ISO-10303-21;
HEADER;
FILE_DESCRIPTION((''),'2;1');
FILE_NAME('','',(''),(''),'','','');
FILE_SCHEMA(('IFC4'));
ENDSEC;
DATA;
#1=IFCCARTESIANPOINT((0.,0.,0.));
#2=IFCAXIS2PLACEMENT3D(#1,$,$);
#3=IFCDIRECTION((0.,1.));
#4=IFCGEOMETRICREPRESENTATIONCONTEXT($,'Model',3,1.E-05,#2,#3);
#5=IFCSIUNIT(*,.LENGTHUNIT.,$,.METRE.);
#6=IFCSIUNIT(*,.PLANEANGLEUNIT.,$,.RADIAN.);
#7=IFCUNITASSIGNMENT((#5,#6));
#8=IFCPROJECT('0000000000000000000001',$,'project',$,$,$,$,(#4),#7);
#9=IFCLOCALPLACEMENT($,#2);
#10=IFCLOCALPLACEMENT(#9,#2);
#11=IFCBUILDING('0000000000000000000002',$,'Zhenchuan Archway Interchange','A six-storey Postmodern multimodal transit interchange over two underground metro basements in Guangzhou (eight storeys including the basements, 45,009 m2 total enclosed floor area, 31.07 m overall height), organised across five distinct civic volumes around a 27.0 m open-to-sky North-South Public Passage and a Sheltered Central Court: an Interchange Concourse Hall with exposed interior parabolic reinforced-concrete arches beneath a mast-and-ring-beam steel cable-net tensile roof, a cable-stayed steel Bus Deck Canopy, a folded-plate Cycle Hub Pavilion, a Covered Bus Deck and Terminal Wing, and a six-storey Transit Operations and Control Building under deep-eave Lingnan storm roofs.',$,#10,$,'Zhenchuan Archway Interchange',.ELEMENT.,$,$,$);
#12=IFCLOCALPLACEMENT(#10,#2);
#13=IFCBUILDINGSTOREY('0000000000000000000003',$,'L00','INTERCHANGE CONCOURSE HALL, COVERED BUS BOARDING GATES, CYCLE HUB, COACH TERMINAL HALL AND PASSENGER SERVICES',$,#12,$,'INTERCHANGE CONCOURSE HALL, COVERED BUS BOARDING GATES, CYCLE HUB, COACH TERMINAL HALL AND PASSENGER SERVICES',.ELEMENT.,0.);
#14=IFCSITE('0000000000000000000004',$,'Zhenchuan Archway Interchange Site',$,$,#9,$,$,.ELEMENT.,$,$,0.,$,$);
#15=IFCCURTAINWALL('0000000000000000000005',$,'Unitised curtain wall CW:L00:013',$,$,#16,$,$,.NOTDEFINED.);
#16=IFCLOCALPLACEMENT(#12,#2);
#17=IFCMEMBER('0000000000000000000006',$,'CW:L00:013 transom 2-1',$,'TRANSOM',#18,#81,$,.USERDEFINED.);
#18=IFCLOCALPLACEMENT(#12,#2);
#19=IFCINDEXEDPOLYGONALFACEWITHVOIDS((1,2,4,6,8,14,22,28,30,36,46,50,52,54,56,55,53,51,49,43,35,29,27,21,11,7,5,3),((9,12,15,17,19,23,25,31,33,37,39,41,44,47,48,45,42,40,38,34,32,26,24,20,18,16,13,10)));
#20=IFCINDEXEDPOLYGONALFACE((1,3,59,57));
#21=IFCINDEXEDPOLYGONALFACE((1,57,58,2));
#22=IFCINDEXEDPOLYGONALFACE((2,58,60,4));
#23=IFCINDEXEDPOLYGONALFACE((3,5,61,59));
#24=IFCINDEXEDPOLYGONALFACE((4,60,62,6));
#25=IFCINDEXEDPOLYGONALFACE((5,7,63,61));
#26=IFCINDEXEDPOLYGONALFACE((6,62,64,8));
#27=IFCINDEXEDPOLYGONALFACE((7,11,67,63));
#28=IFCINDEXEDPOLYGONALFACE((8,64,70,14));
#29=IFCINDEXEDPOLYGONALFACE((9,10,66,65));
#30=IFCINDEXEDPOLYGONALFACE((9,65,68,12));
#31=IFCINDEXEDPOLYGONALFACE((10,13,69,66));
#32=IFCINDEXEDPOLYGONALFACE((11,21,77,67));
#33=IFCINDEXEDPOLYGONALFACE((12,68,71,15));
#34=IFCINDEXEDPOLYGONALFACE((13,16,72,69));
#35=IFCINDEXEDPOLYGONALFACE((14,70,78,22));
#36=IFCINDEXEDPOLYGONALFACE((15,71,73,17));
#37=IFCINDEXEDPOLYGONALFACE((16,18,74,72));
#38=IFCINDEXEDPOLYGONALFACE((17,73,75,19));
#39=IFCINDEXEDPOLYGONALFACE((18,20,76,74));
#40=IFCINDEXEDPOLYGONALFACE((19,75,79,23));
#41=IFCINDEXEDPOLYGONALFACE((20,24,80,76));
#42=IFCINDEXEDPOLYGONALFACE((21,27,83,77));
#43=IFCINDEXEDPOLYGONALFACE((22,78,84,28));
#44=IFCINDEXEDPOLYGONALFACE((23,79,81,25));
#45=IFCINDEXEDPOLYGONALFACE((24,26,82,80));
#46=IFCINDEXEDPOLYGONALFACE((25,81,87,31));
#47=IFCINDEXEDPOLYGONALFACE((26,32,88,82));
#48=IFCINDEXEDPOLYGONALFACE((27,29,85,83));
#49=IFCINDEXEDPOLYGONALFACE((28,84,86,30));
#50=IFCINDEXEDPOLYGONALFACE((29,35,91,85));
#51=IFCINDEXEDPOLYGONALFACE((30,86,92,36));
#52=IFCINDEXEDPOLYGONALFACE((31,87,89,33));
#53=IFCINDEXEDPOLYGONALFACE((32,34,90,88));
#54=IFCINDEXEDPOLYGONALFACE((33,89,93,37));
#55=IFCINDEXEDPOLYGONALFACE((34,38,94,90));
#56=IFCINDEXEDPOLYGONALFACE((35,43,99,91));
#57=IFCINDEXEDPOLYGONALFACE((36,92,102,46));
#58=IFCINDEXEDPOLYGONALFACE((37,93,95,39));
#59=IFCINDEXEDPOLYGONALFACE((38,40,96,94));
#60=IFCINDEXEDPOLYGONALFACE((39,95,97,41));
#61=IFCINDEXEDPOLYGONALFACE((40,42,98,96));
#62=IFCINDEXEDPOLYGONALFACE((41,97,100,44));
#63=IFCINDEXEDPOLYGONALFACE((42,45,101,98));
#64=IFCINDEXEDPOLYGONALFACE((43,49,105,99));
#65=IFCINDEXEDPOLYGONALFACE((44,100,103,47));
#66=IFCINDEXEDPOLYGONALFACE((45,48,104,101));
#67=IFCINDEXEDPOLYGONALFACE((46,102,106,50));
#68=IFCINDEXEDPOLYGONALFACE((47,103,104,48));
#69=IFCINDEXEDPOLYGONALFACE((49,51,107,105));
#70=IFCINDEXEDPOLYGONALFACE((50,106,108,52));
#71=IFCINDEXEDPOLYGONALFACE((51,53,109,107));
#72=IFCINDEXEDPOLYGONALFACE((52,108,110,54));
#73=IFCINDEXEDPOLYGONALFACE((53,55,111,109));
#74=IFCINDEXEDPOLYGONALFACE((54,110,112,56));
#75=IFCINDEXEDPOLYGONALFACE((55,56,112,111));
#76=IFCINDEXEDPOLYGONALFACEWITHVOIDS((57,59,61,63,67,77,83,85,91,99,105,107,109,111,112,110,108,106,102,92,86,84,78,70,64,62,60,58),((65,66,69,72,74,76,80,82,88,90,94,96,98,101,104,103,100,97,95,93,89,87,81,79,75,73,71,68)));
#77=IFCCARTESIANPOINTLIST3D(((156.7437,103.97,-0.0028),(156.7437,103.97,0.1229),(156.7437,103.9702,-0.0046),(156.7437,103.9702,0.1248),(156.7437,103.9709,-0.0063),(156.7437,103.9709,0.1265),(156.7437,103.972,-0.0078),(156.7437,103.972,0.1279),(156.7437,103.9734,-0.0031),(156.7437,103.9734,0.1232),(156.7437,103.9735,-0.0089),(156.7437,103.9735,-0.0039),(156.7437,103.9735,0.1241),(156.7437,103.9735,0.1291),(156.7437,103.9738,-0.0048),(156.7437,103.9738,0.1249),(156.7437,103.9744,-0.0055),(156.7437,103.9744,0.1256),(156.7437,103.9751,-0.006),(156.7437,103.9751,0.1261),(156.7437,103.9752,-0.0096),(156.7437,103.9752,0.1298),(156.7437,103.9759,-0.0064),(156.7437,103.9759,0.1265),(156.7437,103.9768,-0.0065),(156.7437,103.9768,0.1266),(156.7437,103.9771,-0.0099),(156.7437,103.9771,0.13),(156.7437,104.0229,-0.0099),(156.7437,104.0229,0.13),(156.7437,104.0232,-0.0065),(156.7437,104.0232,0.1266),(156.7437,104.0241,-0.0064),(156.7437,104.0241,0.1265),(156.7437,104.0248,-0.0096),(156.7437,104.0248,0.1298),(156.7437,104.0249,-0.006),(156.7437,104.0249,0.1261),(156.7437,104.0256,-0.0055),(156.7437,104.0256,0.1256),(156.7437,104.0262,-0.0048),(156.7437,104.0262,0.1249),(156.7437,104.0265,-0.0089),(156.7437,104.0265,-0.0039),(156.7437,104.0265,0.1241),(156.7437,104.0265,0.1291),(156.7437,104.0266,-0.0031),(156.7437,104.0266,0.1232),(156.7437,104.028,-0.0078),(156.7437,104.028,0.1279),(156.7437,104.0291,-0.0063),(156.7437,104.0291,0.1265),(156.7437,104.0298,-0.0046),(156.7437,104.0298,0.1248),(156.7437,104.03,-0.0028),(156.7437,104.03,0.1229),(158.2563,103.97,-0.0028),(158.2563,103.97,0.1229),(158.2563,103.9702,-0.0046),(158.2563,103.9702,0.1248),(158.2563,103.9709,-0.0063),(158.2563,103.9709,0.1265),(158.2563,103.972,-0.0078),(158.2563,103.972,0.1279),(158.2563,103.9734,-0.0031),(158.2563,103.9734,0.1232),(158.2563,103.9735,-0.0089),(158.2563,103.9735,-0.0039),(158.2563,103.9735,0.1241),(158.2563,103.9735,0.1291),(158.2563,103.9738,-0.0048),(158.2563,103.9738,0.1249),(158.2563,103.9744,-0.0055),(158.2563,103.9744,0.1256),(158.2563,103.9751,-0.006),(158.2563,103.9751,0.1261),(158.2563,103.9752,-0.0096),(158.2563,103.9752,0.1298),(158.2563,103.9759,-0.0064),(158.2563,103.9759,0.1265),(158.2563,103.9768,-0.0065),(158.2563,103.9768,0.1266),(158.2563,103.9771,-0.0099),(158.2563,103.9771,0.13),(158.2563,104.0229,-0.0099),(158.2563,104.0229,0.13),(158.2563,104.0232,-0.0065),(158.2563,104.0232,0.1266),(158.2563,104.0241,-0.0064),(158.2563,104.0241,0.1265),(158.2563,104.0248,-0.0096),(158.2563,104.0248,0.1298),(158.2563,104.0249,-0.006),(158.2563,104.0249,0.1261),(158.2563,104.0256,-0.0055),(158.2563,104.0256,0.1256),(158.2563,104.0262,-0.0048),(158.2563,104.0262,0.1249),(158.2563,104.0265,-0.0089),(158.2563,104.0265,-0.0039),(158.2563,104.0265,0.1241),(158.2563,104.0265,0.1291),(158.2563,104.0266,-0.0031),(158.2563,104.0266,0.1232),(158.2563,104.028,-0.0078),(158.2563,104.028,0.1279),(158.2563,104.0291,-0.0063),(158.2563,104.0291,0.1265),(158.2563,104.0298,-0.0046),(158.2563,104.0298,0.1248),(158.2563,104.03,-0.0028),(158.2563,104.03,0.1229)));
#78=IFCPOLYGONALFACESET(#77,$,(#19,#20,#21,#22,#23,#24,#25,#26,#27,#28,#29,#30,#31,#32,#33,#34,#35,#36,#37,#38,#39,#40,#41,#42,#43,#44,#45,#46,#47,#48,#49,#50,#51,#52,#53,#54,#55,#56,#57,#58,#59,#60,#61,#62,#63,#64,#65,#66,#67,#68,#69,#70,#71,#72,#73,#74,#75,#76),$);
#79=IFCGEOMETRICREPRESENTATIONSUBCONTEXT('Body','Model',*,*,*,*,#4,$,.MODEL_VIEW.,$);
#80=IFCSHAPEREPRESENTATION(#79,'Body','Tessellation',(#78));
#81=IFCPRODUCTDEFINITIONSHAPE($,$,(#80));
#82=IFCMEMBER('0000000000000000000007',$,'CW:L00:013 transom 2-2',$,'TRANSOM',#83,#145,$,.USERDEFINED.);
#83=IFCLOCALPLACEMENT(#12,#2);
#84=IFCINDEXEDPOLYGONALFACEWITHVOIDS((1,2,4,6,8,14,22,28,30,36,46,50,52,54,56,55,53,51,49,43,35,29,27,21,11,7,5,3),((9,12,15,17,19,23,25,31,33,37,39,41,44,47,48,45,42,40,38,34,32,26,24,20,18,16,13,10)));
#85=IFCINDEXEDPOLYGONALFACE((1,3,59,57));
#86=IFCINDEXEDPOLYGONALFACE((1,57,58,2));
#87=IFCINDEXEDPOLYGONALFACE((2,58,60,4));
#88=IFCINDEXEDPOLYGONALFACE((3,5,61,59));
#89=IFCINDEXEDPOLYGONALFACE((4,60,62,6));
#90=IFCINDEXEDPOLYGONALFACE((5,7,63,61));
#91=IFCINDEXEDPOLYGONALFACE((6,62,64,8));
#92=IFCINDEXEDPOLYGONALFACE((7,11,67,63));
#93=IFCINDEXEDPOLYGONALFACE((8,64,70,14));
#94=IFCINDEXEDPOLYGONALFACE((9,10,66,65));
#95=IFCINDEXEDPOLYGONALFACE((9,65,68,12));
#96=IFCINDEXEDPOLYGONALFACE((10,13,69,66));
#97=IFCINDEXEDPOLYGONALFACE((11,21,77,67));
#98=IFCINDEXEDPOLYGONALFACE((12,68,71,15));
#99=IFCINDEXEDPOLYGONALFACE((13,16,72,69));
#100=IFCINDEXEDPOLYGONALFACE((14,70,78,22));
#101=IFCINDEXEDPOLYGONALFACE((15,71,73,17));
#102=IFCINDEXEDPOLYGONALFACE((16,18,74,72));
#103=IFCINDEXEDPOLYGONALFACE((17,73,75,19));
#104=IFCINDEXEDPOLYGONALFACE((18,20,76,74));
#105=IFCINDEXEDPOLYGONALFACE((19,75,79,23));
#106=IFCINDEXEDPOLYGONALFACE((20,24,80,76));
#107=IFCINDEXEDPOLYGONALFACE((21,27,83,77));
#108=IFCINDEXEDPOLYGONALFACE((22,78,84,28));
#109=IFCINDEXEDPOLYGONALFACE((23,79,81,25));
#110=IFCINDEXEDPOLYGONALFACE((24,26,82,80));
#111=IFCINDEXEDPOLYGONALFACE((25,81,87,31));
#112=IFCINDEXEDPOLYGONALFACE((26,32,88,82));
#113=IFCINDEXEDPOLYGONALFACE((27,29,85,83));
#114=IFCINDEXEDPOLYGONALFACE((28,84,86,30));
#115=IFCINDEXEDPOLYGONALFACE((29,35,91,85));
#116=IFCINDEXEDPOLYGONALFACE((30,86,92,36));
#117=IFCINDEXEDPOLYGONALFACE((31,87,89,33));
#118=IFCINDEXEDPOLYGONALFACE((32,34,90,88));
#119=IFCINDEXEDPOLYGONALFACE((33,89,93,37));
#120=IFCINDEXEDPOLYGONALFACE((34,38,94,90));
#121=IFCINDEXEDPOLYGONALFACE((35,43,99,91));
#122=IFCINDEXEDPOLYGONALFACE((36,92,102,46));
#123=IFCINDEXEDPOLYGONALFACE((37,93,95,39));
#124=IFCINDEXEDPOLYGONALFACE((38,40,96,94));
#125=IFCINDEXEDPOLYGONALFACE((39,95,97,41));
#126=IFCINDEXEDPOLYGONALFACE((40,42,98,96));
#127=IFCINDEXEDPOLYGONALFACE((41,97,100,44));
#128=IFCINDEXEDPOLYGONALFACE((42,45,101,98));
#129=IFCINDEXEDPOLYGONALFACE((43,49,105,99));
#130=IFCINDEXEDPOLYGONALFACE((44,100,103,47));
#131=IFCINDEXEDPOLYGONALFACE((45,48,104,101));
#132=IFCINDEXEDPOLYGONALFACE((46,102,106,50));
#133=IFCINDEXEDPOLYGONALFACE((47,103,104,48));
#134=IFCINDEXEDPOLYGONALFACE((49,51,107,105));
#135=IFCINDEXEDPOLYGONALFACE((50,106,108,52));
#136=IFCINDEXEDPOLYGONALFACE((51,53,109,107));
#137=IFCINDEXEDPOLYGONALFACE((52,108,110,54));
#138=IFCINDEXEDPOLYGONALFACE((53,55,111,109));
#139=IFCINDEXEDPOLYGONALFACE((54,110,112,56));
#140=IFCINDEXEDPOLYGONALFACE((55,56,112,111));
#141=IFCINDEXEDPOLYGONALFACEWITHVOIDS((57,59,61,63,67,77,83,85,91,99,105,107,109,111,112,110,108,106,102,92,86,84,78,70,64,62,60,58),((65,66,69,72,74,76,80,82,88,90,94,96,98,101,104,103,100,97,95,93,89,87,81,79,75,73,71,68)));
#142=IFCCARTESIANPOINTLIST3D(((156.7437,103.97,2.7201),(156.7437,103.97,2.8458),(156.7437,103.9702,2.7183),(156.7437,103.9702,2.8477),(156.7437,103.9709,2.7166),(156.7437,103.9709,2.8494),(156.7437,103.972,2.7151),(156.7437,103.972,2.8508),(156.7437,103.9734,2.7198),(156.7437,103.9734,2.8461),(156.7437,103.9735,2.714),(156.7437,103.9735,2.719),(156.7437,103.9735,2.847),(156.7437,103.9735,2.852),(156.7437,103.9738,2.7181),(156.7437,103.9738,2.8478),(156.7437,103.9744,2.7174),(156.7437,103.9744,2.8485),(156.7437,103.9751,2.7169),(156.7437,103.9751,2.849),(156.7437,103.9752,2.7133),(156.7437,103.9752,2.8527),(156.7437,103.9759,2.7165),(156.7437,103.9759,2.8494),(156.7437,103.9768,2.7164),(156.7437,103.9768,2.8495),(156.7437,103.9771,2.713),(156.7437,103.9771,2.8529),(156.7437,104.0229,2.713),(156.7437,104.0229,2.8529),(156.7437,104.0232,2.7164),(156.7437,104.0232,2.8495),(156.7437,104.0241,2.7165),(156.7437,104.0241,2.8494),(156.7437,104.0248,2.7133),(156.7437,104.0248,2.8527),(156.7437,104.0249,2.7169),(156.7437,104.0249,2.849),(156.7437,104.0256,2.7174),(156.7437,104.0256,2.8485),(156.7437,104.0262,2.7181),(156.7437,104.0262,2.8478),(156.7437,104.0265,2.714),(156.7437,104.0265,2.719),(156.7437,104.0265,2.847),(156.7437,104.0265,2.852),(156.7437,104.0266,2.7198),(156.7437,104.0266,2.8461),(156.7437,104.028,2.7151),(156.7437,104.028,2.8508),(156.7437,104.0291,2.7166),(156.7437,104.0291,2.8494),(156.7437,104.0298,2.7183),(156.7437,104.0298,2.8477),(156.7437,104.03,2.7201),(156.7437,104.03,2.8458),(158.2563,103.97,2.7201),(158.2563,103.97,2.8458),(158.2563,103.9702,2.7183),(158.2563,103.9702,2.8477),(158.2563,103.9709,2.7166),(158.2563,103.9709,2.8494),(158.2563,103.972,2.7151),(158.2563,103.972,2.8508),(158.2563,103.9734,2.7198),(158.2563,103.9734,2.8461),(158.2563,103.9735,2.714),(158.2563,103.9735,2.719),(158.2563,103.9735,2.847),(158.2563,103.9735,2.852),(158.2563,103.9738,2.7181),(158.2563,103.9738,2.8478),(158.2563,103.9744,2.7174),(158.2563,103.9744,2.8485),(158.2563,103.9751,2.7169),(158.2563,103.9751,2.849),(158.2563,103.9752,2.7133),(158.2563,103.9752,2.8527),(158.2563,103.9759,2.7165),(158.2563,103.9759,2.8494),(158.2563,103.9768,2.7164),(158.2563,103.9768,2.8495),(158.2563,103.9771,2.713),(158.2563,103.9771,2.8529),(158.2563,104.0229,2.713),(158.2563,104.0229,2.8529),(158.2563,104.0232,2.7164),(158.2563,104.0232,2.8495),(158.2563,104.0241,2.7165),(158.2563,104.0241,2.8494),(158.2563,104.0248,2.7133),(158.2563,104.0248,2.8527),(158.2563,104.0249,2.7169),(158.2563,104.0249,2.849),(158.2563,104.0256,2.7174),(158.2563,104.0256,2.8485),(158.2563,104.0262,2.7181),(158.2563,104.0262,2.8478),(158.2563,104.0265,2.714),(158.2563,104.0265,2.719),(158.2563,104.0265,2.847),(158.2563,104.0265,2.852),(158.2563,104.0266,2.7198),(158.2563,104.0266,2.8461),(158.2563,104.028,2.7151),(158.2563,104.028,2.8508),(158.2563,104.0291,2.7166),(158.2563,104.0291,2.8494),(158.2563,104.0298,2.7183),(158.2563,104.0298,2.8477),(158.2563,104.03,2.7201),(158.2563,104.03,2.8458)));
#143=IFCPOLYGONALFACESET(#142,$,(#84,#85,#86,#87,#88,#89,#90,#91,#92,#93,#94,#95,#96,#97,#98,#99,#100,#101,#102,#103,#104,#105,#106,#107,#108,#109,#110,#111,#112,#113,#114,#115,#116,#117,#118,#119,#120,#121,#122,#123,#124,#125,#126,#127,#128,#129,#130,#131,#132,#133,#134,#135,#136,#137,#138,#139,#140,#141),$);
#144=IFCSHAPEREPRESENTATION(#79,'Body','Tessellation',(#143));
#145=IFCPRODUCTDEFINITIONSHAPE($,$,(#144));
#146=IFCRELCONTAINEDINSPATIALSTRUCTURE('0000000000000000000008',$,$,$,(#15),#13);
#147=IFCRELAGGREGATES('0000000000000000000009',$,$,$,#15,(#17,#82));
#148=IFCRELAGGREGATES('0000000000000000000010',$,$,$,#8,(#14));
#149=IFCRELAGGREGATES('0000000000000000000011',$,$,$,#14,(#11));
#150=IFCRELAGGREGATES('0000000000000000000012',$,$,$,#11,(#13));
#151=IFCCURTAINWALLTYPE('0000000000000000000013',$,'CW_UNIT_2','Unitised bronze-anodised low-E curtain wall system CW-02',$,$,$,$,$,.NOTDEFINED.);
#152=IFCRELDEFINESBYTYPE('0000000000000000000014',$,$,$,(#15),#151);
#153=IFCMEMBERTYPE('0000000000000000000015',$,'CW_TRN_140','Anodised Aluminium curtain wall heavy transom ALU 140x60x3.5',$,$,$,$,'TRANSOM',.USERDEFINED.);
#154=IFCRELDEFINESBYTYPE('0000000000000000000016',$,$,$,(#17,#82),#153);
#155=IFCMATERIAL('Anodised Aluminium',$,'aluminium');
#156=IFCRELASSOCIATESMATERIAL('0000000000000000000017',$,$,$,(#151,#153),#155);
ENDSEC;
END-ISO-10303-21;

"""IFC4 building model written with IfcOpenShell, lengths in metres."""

from ifc_helpers import new_model, si_unit, direction, frame, origin, origin_2d, place, context, subcontext, project, spatial, hollow_rectangle, extrude, material, material_profile, profile_set, type_object, element, aggregate, save


model = new_model("IFC4")

# Units and contexts
model_context = context("Model", 3, precision=1e-05, world=origin(), true_north=direction((0.0, 1.0)))
body_context = subcontext(model_context, "Body", "Model", "MODEL_VIEW")
ifc_project = project(units=[si_unit("LENGTHUNIT", "METRE"), si_unit("PLANEANGLEUNIT", "RADIAN")], contexts=[model_context])

# Site, building, storey
site_placement = place(None, origin())
site = spatial("IfcSite", under=ifc_project, at=site_placement, Name="Zhenchuan Archway Interchange Site", CompositionType="ELEMENT", RefElevation=0.0)
building_placement = place(site_placement, origin())
building = spatial("IfcBuilding", under=site, at=building_placement, Name="Zhenchuan Archway Interchange", Description="A six-storey Postmodern multimodal transit interchange over two underground metro basements in Guangzhou (eight storeys including the basements, 45,009 m2 total enclosed floor area, 31.07 m overall height), organised across five distinct civic volumes around a 27.0 m open-to-sky North-South Public Passage and a Sheltered Central Court: an Interchange Concourse Hall with exposed interior parabolic reinforced-concrete arches beneath a mast-and-ring-beam steel cable-net tensile roof, a cable-stayed steel Bus Deck Canopy, a folded-plate Cycle Hub Pavilion, a Covered Bus Deck and Terminal Wing, and a six-storey Transit Operations and Control Building under deep-eave Lingnan storm roofs.", LongName="Zhenchuan Archway Interchange", CompositionType="ELEMENT")
storey_placement = place(building_placement, origin())
storey = spatial("IfcBuildingStorey", under=building, at=storey_placement, Name="L00", Description="INTERCHANGE CONCOURSE HALL, COVERED BUS BOARDING GATES, CYCLE HUB, COACH TERMINAL HALL AND PASSENGER SERVICES", LongName="INTERCHANGE CONCOURSE HALL, COVERED BUS BOARDING GATES, CYCLE HUB, COACH TERMINAL HALL AND PASSENGER SERVICES", CompositionType="ELEMENT", Elevation=0.0)

# Curtain wall, members
ifc_material_1 = material(Name="Anodised Aluminium", Category="aluminium")
curtain_wall_type = type_object("IfcCurtainWallType", Name="CW_UNIT_2", Description="Unitised bronze-anodised low-E curtain wall system CW-02", PredefinedType="NOTDEFINED", material=ifc_material_1)
curtain_wall_placement = place(storey_placement, origin())
curtain_wall = element("IfcCurtainWall", 1, at=curtain_wall_placement, inside=storey, type_object=curtain_wall_type, Name="Unitised curtain wall CW:L00:013", PredefinedType="NOTDEFINED")
ifc_material_profile_1 = material_profile(ifc_material_1, hollow_rectangle(XDim=0.0601, YDim=0.1399, WallThickness=0.0034, InnerFilletRadius=0.0034, OuterFilletRadius=0.0071, at=origin_2d()), Name="ALU 140x60x3.5")
ifc_profile_set_1 = profile_set([ifc_material_profile_1], Name="Anodised Aluminium")
member_type_1 = type_object("IfcMemberType", Name="CW_TRN_140", Description="Anodised Aluminium curtain wall heavy transom ALU 140x60x3.5", ElementType="TRANSOM", PredefinedType="USERDEFINED", material=ifc_profile_set_1)
member_1_placement = place(storey_placement, frame((156.7437, 104.0, 0.0601), z_axis=(1.0, 0.0, 0.0), x_axis=(0.0, 1.0, 0.0)))
member_1 = element("IfcMember", 2, at=member_1_placement, type_object=member_type_1, Name="CW:L00:013 transom 2-1", ObjectType="TRANSOM", PredefinedType="USERDEFINED", context=body_context, shape_type="SweptSolid", body=[
    extrude(hollow_rectangle(XDim=0.0601, YDim=0.1399, WallThickness=0.0034, InnerFilletRadius=0.0034, OuterFilletRadius=0.0071, at=origin_2d()), origin(), (0.0, 0.0, 1.0), 1.5127),
])
member_2_placement = place(storey_placement, frame((156.7437, 104.0, 2.783), z_axis=(1.0, 0.0, 0.0), x_axis=(0.0, 1.0, 0.0)))
member_2 = element("IfcMember", 3, at=member_2_placement, type_object=member_type_1, Name="CW:L00:013 transom 2-2", ObjectType="TRANSOM", PredefinedType="USERDEFINED", context=body_context, shape_type="SweptSolid", body=[
    extrude(hollow_rectangle(XDim=0.0601, YDim=0.1399, WallThickness=0.0034, InnerFilletRadius=0.0034, OuterFilletRadius=0.0071, at=origin_2d()), origin(), (0.0, 0.0, 1.0), 1.5127),
])
aggregate(curtain_wall, [member_1, member_2])

save(model, "model.ifc")
